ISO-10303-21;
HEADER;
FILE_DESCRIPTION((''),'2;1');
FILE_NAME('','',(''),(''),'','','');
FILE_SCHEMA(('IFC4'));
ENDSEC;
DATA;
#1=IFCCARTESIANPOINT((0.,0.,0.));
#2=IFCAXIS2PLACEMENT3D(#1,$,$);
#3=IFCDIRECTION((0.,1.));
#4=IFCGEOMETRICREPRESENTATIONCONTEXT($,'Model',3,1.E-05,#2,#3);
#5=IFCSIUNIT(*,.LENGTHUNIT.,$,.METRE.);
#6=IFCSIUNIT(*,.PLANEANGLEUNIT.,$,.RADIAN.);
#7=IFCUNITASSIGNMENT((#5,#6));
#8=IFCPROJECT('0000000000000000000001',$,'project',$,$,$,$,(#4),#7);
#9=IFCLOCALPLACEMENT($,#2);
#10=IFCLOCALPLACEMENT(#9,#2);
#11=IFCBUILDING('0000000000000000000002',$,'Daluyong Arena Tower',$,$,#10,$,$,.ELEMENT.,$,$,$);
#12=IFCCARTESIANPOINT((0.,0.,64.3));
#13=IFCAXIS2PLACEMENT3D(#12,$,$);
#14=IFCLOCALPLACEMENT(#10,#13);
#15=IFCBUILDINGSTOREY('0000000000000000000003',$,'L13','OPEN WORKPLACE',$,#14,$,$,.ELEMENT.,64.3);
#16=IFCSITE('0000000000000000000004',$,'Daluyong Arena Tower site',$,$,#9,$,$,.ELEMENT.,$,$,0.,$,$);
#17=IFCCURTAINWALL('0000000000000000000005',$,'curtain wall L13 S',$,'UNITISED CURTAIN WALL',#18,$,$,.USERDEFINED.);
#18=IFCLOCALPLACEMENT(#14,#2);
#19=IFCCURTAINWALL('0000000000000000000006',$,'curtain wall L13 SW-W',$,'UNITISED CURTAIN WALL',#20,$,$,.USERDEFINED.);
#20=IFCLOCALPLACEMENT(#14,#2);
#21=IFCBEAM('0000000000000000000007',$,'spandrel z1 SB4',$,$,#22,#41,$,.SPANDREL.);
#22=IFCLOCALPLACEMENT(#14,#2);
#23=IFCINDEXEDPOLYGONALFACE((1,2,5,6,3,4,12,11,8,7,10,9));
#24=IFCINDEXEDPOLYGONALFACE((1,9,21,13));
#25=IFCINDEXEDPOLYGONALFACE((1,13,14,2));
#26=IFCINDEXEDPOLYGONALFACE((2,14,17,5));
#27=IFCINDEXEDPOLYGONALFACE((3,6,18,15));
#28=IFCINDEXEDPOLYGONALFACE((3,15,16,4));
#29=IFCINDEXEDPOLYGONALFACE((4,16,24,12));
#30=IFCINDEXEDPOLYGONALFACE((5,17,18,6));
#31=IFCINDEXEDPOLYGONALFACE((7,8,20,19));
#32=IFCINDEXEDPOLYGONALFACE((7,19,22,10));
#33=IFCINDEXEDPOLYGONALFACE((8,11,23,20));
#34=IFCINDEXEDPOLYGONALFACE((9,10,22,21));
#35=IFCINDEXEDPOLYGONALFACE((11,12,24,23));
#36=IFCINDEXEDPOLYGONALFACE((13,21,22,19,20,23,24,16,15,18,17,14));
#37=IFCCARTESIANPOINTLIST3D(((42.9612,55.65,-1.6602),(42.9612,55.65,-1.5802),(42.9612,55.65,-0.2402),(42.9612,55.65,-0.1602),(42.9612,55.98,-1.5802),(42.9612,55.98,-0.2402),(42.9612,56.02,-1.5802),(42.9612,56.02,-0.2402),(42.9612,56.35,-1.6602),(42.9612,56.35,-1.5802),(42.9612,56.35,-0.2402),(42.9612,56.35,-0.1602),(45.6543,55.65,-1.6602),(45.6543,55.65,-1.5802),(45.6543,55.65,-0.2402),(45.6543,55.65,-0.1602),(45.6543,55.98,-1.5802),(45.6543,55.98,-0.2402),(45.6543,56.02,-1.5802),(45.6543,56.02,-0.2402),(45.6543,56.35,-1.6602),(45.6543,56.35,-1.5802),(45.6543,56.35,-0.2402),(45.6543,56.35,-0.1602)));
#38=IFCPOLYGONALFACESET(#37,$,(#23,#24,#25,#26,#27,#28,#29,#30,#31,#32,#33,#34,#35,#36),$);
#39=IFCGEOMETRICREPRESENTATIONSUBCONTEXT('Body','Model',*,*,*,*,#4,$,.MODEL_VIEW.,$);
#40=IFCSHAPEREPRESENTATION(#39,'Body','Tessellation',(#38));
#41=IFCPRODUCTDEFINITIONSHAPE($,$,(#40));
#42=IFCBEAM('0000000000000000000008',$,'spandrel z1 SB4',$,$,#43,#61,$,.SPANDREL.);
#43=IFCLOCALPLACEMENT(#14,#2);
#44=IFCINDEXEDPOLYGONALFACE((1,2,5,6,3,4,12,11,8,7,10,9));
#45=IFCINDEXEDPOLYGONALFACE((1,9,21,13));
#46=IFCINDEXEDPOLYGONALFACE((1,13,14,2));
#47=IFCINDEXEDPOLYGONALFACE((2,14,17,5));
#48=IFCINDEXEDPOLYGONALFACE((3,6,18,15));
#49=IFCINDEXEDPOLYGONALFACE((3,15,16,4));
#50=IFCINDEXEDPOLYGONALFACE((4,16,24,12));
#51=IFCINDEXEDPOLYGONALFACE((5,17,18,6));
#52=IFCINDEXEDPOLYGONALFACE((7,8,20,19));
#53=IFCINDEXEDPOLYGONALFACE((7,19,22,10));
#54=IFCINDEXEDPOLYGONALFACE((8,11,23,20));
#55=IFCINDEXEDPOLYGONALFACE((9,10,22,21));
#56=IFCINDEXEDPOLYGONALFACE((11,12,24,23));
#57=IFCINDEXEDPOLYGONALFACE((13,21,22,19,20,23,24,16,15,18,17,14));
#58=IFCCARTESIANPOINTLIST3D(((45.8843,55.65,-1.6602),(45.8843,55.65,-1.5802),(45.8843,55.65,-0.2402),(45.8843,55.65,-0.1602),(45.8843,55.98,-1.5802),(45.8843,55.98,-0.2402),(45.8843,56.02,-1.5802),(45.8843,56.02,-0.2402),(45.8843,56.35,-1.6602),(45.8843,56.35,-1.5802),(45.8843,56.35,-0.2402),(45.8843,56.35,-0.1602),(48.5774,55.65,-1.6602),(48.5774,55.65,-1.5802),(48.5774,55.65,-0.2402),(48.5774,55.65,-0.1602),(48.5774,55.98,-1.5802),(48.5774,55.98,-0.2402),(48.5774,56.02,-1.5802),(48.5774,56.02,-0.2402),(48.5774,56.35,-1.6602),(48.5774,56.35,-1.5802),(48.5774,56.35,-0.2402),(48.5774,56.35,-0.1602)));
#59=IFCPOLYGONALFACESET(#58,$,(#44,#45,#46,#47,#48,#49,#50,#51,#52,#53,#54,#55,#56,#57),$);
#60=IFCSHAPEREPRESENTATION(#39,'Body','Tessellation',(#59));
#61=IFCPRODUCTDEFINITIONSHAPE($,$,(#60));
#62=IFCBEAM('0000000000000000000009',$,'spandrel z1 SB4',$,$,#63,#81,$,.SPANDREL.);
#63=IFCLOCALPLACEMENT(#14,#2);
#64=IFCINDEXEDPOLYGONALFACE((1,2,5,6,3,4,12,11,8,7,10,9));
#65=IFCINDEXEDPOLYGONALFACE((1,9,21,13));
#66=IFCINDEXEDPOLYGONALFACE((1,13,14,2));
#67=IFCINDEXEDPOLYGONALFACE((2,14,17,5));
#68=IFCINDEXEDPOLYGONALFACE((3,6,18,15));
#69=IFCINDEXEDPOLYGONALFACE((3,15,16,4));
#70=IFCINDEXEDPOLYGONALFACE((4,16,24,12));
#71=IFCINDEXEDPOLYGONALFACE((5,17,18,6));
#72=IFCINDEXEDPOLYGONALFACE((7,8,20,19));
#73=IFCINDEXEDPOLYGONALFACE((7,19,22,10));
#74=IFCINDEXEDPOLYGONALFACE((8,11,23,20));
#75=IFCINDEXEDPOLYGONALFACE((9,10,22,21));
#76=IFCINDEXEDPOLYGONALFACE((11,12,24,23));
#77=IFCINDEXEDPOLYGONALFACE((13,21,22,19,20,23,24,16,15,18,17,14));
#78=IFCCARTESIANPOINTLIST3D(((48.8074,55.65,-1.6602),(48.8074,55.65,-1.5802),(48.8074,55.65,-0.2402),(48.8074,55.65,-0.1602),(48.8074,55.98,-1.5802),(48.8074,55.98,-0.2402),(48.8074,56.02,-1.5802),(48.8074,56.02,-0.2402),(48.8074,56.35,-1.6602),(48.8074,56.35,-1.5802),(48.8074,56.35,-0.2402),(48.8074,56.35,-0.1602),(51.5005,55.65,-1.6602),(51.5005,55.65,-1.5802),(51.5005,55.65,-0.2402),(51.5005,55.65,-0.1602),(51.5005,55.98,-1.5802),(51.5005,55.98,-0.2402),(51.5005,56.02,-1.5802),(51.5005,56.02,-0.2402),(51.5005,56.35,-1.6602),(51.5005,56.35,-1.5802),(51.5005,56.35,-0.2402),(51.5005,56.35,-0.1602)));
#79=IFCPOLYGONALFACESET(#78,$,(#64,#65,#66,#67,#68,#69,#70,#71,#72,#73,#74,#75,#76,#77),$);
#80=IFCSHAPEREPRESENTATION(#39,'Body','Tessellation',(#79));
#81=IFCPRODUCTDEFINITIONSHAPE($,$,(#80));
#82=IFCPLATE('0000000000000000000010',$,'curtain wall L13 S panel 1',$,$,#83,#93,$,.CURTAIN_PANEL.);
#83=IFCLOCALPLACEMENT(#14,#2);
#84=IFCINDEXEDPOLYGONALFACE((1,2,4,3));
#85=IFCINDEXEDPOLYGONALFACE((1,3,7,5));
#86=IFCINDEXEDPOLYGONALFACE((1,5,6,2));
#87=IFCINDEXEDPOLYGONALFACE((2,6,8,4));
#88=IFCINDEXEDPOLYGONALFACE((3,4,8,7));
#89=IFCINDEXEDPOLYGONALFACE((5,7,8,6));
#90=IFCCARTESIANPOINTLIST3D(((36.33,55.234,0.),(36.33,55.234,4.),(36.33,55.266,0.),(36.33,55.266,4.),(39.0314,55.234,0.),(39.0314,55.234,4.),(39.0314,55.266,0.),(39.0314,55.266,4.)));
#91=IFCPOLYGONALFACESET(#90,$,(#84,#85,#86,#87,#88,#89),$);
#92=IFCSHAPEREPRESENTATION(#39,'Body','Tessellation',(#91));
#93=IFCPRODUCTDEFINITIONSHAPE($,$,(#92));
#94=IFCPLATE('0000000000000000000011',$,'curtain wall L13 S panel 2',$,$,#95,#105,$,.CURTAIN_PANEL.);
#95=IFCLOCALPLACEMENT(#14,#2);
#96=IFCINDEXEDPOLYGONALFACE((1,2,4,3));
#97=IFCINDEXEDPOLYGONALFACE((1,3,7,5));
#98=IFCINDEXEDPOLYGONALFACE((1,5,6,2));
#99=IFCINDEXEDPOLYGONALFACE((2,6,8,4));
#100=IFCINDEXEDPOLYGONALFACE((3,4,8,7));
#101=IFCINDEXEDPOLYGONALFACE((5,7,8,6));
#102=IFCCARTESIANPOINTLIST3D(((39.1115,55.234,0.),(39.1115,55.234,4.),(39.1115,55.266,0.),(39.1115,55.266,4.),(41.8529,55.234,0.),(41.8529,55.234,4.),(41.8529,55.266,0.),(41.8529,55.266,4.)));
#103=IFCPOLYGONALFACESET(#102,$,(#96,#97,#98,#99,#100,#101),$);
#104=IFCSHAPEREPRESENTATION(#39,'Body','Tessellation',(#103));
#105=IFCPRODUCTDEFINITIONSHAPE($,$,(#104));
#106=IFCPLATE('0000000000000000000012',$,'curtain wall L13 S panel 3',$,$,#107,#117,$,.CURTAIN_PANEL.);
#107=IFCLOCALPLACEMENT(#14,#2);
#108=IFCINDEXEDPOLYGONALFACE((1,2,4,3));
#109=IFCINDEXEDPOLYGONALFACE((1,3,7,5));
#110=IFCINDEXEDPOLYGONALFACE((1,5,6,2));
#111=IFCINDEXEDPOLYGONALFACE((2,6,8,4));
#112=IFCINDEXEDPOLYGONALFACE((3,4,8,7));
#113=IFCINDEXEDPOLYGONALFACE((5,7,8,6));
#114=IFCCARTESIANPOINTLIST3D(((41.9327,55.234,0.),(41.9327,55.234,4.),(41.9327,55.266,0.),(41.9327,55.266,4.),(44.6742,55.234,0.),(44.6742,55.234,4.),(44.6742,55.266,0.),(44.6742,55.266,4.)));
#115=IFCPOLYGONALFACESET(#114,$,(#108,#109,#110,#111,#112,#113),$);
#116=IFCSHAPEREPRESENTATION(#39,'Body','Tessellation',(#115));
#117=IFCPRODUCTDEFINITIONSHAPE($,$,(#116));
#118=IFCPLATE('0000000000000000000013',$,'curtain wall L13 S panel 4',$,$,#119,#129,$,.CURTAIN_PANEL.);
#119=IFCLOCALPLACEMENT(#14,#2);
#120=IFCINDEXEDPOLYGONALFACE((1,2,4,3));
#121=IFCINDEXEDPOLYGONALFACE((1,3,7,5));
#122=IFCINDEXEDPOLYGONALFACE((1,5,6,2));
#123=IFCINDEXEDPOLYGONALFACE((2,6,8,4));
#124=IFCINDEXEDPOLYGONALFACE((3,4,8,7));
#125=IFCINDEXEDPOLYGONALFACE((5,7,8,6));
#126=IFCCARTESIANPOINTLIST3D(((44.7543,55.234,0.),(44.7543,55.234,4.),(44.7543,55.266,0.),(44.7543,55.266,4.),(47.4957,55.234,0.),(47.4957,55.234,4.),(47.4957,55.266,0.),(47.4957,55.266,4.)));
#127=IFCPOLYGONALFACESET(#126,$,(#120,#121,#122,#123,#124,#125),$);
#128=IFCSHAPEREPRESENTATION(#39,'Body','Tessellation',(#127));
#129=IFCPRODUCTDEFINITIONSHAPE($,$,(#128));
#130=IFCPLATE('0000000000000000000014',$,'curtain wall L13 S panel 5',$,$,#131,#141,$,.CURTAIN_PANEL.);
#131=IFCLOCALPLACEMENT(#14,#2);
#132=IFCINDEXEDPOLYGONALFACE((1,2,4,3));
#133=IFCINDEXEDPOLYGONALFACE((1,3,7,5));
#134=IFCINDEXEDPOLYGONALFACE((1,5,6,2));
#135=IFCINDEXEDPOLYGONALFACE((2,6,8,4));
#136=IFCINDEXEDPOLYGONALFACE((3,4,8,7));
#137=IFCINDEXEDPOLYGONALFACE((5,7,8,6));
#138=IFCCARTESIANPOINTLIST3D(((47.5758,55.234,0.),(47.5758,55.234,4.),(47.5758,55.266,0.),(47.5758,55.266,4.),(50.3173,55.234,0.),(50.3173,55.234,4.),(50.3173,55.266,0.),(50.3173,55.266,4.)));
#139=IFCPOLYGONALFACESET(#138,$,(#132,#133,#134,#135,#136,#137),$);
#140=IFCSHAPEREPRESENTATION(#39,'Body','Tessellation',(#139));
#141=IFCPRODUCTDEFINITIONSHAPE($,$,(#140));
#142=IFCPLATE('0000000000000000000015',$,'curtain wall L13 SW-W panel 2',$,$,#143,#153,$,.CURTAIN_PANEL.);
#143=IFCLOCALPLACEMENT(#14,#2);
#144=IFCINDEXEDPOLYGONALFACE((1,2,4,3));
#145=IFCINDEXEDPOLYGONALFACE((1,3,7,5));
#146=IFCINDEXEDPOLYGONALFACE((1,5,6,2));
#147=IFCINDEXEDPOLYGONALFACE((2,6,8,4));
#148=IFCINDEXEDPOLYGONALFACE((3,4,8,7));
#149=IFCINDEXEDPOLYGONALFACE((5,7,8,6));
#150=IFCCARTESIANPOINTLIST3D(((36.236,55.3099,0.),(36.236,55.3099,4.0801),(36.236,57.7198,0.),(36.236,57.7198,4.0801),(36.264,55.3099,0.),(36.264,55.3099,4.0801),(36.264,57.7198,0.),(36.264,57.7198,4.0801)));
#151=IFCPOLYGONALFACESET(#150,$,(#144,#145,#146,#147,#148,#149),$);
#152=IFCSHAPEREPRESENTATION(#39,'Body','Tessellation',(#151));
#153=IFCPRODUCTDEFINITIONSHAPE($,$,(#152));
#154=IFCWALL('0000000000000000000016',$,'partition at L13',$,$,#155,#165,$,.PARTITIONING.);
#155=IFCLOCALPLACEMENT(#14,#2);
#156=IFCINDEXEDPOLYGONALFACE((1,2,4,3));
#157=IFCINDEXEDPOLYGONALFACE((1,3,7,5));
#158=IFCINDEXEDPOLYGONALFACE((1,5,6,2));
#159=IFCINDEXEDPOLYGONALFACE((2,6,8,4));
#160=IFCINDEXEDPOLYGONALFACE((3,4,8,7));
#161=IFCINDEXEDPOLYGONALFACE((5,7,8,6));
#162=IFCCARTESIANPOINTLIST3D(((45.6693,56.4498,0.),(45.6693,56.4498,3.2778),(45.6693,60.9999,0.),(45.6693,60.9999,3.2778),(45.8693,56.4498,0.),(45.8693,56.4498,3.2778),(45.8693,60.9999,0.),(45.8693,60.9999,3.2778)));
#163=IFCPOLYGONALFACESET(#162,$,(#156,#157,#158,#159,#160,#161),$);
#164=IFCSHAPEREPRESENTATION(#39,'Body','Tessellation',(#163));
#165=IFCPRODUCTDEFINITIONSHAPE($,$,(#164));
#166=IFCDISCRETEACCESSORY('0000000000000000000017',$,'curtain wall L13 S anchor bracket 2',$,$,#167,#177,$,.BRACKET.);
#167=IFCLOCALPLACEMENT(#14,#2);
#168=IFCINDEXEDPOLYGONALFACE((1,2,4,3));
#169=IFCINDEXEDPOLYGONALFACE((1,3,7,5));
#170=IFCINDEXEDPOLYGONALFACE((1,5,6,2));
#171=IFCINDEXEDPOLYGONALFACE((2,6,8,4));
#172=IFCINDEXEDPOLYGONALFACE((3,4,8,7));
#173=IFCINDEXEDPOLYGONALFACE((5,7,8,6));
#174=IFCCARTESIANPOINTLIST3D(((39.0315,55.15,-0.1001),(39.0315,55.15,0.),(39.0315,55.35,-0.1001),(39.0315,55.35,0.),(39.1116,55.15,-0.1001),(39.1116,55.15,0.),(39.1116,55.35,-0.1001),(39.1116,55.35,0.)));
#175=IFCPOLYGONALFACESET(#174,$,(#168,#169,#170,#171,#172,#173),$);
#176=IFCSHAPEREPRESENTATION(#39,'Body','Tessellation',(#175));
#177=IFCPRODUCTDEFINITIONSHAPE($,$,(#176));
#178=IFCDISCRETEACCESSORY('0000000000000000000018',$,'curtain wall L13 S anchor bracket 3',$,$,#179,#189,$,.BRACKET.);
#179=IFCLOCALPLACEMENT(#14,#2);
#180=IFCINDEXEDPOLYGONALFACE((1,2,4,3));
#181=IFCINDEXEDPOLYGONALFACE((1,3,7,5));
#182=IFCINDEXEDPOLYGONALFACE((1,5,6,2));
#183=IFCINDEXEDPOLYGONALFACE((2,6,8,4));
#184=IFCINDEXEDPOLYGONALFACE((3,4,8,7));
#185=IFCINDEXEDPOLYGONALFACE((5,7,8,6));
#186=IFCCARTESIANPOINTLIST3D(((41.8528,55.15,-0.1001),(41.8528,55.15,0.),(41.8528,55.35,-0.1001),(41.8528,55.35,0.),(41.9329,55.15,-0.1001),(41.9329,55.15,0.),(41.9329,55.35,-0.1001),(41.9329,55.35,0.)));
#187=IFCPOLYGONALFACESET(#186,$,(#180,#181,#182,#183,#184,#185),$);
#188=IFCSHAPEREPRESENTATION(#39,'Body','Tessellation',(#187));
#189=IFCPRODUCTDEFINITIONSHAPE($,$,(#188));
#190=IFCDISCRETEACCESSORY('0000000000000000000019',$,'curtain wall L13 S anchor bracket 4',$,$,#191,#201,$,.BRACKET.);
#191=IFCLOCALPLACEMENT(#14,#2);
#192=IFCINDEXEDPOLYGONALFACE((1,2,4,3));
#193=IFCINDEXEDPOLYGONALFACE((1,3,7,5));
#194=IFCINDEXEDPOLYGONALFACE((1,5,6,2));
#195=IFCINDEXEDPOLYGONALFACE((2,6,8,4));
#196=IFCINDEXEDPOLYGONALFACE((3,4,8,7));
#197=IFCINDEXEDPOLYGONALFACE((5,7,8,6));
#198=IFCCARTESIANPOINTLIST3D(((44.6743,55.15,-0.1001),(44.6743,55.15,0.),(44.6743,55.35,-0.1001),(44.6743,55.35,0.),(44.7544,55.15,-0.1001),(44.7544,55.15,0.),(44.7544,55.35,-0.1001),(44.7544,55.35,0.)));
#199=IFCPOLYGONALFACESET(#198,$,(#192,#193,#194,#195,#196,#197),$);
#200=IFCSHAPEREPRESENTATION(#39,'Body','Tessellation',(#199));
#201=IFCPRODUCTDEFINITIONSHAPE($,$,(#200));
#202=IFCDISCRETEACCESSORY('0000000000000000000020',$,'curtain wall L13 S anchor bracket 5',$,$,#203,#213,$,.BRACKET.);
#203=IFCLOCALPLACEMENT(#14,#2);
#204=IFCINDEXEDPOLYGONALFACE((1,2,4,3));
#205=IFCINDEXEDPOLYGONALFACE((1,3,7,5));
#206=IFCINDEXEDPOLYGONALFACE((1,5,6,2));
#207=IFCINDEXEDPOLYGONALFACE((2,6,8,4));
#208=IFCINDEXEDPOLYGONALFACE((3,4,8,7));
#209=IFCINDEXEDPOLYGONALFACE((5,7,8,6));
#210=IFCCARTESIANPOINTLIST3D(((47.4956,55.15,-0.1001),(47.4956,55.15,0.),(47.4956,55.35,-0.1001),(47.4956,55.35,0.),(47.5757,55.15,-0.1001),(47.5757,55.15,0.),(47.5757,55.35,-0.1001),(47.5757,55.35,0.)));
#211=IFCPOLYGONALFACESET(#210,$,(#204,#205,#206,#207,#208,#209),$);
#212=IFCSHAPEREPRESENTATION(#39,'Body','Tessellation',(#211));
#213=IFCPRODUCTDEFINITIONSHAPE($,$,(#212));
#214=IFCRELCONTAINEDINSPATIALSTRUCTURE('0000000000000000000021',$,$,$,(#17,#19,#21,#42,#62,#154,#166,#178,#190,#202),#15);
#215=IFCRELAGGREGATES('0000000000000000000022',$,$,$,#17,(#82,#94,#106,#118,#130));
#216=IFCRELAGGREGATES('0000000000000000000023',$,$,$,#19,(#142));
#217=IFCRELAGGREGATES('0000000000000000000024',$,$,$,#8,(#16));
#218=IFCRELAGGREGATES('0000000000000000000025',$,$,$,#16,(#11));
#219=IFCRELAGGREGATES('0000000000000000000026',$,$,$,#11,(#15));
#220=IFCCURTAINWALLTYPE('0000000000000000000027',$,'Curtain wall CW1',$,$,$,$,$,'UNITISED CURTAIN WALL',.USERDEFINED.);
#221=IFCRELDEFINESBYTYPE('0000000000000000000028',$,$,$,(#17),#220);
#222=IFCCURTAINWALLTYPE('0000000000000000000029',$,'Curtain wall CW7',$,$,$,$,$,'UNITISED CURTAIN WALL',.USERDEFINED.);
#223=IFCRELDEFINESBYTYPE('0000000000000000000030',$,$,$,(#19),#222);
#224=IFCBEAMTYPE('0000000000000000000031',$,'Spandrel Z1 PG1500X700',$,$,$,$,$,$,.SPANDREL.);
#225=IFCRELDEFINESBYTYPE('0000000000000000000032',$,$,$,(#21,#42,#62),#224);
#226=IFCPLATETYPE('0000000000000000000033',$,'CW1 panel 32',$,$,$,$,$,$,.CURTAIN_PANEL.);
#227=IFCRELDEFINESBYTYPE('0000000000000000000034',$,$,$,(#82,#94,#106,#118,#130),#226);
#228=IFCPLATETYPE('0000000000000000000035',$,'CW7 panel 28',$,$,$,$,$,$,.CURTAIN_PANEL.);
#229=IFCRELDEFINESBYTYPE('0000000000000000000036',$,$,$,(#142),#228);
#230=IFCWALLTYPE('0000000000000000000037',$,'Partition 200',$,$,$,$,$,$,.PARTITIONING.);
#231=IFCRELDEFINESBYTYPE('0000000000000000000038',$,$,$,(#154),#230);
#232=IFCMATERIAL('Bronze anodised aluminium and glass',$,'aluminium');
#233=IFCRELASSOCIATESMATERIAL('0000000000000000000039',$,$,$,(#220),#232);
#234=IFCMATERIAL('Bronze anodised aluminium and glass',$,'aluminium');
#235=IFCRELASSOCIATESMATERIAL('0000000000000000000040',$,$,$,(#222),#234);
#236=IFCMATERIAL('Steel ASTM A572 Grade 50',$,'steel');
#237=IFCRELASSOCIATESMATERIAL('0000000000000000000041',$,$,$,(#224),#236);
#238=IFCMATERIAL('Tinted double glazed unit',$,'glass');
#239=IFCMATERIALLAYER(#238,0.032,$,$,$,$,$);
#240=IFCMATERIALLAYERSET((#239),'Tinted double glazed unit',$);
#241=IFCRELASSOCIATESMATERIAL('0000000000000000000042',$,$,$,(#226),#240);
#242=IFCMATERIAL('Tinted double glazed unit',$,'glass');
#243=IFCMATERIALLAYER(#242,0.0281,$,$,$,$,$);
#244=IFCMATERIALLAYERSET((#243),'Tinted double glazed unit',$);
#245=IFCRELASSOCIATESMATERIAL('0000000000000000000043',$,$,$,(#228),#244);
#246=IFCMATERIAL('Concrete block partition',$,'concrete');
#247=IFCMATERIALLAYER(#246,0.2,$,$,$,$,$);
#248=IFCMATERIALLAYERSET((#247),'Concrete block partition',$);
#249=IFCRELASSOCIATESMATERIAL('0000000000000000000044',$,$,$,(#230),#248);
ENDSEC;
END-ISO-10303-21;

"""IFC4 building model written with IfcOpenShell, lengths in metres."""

from ifc_helpers import new_model, si_unit, direction, frame, frame_2d, origin, origin_2d, place, context, subcontext, project, spatial, rectangle, i_section, extrude, material, layer, layer_set, material_profile, profile_set, type_object, element, aggregate, save


model = new_model("IFC4")

# Units and contexts
model_context = context("Model", 3, precision=1e-05, world=origin(), true_north=direction((0.0, 1.0)))
body_context = subcontext(model_context, "Body", "Model", "MODEL_VIEW")
ifc_project = project(units=[si_unit("LENGTHUNIT", "METRE"), si_unit("PLANEANGLEUNIT", "RADIAN")], contexts=[model_context])

# Site, building, storey
site_placement = place(None, origin())
site = spatial("IfcSite", under=ifc_project, at=site_placement, Name="Daluyong Arena Tower site", CompositionType="ELEMENT", RefElevation=0.0)
building_placement = place(site_placement, origin())
building = spatial("IfcBuilding", under=site, at=building_placement, Name="Daluyong Arena Tower", CompositionType="ELEMENT")
storey_placement = place(building_placement, frame((0.0, 0.0, 64.3)))
storey = spatial("IfcBuildingStorey", under=building, at=storey_placement, Name="L13", Description="OPEN WORKPLACE", CompositionType="ELEMENT", Elevation=64.3)

# Curtain walls
ifc_material_1 = material(Name="Bronze anodised aluminium and glass", Category="aluminium")
curtain_wall_type_1 = type_object("IfcCurtainWallType", Name="Curtain wall CW1", ElementType="UNITISED CURTAIN WALL", PredefinedType="USERDEFINED", material=ifc_material_1)
curtain_wall_1_placement = place(storey_placement, origin())
curtain_wall_1 = element("IfcCurtainWall", 1, at=curtain_wall_1_placement, inside=storey, type_object=curtain_wall_type_1, Name="curtain wall L13 S", ObjectType="UNITISED CURTAIN WALL", PredefinedType="USERDEFINED")
ifc_material_2 = material(Name="Bronze anodised aluminium and glass", Category="aluminium")
curtain_wall_type_2 = type_object("IfcCurtainWallType", Name="Curtain wall CW7", ElementType="UNITISED CURTAIN WALL", PredefinedType="USERDEFINED", material=ifc_material_2)
curtain_wall_2_placement = place(storey_placement, origin())
curtain_wall_2 = element("IfcCurtainWall", 2, at=curtain_wall_2_placement, inside=storey, type_object=curtain_wall_type_2, Name="curtain wall L13 SW-W", ObjectType="UNITISED CURTAIN WALL", PredefinedType="USERDEFINED")

# Beams
ifc_material_3 = material(Name="Steel ASTM A572 Grade 50", Category="steel")
ifc_material_profile_1 = material_profile(ifc_material_3, i_section(OverallWidth=0.7, OverallDepth=1.5, WebThickness=0.04, FlangeThickness=0.08, at=origin_2d()))
ifc_profile_set_1 = profile_set([ifc_material_profile_1], Name="Steel ASTM A572 Grade 50")
beam_type_1 = type_object("IfcBeamType", Name="Spandrel Z1 PG1500X700", PredefinedType="SPANDREL", material=ifc_profile_set_1)
for number, where, z_axis, x_axis, name in (
    (3, (42.9612, 56.0, -0.9102), (1.0, 0.0, 0.0), (0.0, 1.0, 0.0), "spandrel z1 SB4"),
    (4, (45.8843, 56.0, -0.9102), (1.0, 0.0, 0.0), (0.0, 1.0, 0.0), "spandrel z1 SB4"),
    (5, (48.8074, 56.0, -0.9102), (1.0, 0.0, 0.0), (0.0, 1.0, 0.0), "spandrel z1 SB4"),
):
    element("IfcBeam", number, at=place(storey_placement, frame(where, z_axis=z_axis, x_axis=x_axis)), inside=storey, type_object=beam_type_1, Name=name, PredefinedType="SPANDREL", context=body_context, shape_type="SweptSolid", body=[
        extrude(i_section(OverallWidth=0.7, OverallDepth=1.5, WebThickness=0.04, FlangeThickness=0.08, at=origin_2d()), origin(), (0.0, 0.0, 1.0), 2.6931),
    ])

# Plates
ifc_material_4 = material(Name="Tinted double glazed unit", Category="glass")
ifc_layer_1 = layer(ifc_material_4, 0.032)
ifc_layer_set_1 = layer_set([ifc_layer_1], Name="Tinted double glazed unit")
plate_type_1 = type_object("IfcPlateType", Name="CW1 panel 32", PredefinedType="CURTAIN_PANEL", material=ifc_layer_set_1)
plate_1_placement = place(storey_placement, frame((37.6807, 55.25, 0.0), z_axis=(0.0, 0.0, 1.0), x_axis=(1.0, 0.0, 0.0)))
plate_1 = element("IfcPlate", 6, at=plate_1_placement, type_object=plate_type_1, Name="curtain wall L13 S panel 1", PredefinedType="CURTAIN_PANEL", context=body_context, shape_type="SweptSolid", body=[
    extrude(rectangle(XDim=2.7014, YDim=0.032, at=origin_2d()), origin(), (0.0, 0.0, 1.0), 4.0),
])
plate_2_placement = place(storey_placement, frame((40.4822, 55.25, 0.0), z_axis=(0.0, 0.0, 1.0), x_axis=(1.0, 0.0, 0.0)))
plate_2 = element("IfcPlate", 7, at=plate_2_placement, type_object=plate_type_1, Name="curtain wall L13 S panel 2", PredefinedType="CURTAIN_PANEL", context=body_context, shape_type="SweptSolid", body=[
    extrude(rectangle(XDim=2.7415, YDim=0.032, at=origin_2d()), origin(), (0.0, 0.0, 1.0), 4.0),
])
plate_3_placement = place(storey_placement, frame((43.3035, 55.25, 0.0), z_axis=(0.0, 0.0, 1.0), x_axis=(1.0, 0.0, 0.0)))
plate_3 = element("IfcPlate", 8, at=plate_3_placement, type_object=plate_type_1, Name="curtain wall L13 S panel 3", PredefinedType="CURTAIN_PANEL", context=body_context, shape_type="SweptSolid", body=[
    extrude(rectangle(XDim=2.7415, YDim=0.032, at=origin_2d()), origin(), (0.0, 0.0, 1.0), 4.0),
])
plate_4_placement = place(storey_placement, frame((46.125, 55.25, 0.0), z_axis=(0.0, 0.0, 1.0), x_axis=(1.0, 0.0, 0.0)))
plate_4 = element("IfcPlate", 9, at=plate_4_placement, type_object=plate_type_1, Name="curtain wall L13 S panel 4", PredefinedType="CURTAIN_PANEL", context=body_context, shape_type="SweptSolid", body=[
    extrude(rectangle(XDim=2.7415, YDim=0.032, at=origin_2d()), origin(), (0.0, 0.0, 1.0), 4.0),
])
plate_5_placement = place(storey_placement, frame((48.9465, 55.25, 0.0), z_axis=(0.0, 0.0, 1.0), x_axis=(1.0, 0.0, 0.0)))
plate_5 = element("IfcPlate", 10, at=plate_5_placement, type_object=plate_type_1, Name="curtain wall L13 S panel 5", PredefinedType="CURTAIN_PANEL", context=body_context, shape_type="SweptSolid", body=[
    extrude(rectangle(XDim=2.7415, YDim=0.032, at=origin_2d()), origin(), (0.0, 0.0, 1.0), 4.0),
])
aggregate(curtain_wall_1, [plate_1, plate_2, plate_3, plate_4, plate_5])
ifc_material_5 = material(Name="Tinted double glazed unit", Category="glass")
ifc_layer_2 = layer(ifc_material_5, 0.0281)
ifc_layer_set_2 = layer_set([ifc_layer_2], Name="Tinted double glazed unit")
plate_type_2 = type_object("IfcPlateType", Name="CW7 panel 28", PredefinedType="CURTAIN_PANEL", material=ifc_layer_set_2)
plate_6_placement = place(storey_placement, frame((36.25, 56.5149, 0.0), z_axis=(0.0, 0.0, 1.0), x_axis=(0.0, -1.0, 0.0)))
plate_6 = element("IfcPlate", 11, at=plate_6_placement, type_object=plate_type_2, Name="curtain wall L13 SW-W panel 2", PredefinedType="CURTAIN_PANEL", context=body_context, shape_type="SweptSolid", body=[
    extrude(rectangle(XDim=2.4099, YDim=0.0281, at=origin_2d()), origin(), (0.0, 0.0, 1.0), 4.0801),
])
aggregate(curtain_wall_2, [plate_6])

# Wall
ifc_material_6 = material(Name="Concrete block partition", Category="concrete")
ifc_layer_3 = layer(ifc_material_6, 0.2)
ifc_layer_set_3 = layer_set([ifc_layer_3], Name="Concrete block partition")
wall_type = type_object("IfcWallType", Name="Partition 200", PredefinedType="PARTITIONING", material=ifc_layer_set_3)
wall_placement = place(storey_placement, frame((45.7693, 56.45, 0.0), z_axis=(0.0, 0.0, 1.0), x_axis=(0.0, 1.0, 0.0)))
element("IfcWall", 12, at=wall_placement, inside=storey, type_object=wall_type, Name="partition at L13", PredefinedType="PARTITIONING", context=body_context, shape_type="SweptSolid", body=[
    extrude(rectangle(XDim=4.55, YDim=0.2, at=frame_2d((2.2749, 0.0))), origin(), (0.0, 0.0, 1.0), 3.2778),
])

# Discrete accessories
for number, where, z_axis, x_axis, name in (
    (13, (39.0715, 55.25, -0.1001), (0.0, 0.0, 1.0), (1.0, 0.0, 0.0), "curtain wall L13 S anchor bracket 2"),
    (14, (41.8928, 55.25, -0.1001), (0.0, 0.0, 1.0), (1.0, 0.0, 0.0), "curtain wall L13 S anchor bracket 3"),
    (15, (44.7144, 55.25, -0.1001), (0.0, 0.0, 1.0), (1.0, 0.0, 0.0), "curtain wall L13 S anchor bracket 4"),
    (16, (47.5356, 55.25, -0.1001), (0.0, 0.0, 1.0), (1.0, 0.0, 0.0), "curtain wall L13 S anchor bracket 5"),
):
    element("IfcDiscreteAccessory", number, at=place(storey_placement, frame(where, z_axis=z_axis, x_axis=x_axis)), inside=storey, Name=name, PredefinedType="BRACKET", context=body_context, shape_type="SweptSolid", body=[
        extrude(rectangle(XDim=0.0801, YDim=0.2, at=origin_2d()), origin(), (0.0, 0.0, 1.0), 0.1001),
    ])

save(model, "model.ifc")
